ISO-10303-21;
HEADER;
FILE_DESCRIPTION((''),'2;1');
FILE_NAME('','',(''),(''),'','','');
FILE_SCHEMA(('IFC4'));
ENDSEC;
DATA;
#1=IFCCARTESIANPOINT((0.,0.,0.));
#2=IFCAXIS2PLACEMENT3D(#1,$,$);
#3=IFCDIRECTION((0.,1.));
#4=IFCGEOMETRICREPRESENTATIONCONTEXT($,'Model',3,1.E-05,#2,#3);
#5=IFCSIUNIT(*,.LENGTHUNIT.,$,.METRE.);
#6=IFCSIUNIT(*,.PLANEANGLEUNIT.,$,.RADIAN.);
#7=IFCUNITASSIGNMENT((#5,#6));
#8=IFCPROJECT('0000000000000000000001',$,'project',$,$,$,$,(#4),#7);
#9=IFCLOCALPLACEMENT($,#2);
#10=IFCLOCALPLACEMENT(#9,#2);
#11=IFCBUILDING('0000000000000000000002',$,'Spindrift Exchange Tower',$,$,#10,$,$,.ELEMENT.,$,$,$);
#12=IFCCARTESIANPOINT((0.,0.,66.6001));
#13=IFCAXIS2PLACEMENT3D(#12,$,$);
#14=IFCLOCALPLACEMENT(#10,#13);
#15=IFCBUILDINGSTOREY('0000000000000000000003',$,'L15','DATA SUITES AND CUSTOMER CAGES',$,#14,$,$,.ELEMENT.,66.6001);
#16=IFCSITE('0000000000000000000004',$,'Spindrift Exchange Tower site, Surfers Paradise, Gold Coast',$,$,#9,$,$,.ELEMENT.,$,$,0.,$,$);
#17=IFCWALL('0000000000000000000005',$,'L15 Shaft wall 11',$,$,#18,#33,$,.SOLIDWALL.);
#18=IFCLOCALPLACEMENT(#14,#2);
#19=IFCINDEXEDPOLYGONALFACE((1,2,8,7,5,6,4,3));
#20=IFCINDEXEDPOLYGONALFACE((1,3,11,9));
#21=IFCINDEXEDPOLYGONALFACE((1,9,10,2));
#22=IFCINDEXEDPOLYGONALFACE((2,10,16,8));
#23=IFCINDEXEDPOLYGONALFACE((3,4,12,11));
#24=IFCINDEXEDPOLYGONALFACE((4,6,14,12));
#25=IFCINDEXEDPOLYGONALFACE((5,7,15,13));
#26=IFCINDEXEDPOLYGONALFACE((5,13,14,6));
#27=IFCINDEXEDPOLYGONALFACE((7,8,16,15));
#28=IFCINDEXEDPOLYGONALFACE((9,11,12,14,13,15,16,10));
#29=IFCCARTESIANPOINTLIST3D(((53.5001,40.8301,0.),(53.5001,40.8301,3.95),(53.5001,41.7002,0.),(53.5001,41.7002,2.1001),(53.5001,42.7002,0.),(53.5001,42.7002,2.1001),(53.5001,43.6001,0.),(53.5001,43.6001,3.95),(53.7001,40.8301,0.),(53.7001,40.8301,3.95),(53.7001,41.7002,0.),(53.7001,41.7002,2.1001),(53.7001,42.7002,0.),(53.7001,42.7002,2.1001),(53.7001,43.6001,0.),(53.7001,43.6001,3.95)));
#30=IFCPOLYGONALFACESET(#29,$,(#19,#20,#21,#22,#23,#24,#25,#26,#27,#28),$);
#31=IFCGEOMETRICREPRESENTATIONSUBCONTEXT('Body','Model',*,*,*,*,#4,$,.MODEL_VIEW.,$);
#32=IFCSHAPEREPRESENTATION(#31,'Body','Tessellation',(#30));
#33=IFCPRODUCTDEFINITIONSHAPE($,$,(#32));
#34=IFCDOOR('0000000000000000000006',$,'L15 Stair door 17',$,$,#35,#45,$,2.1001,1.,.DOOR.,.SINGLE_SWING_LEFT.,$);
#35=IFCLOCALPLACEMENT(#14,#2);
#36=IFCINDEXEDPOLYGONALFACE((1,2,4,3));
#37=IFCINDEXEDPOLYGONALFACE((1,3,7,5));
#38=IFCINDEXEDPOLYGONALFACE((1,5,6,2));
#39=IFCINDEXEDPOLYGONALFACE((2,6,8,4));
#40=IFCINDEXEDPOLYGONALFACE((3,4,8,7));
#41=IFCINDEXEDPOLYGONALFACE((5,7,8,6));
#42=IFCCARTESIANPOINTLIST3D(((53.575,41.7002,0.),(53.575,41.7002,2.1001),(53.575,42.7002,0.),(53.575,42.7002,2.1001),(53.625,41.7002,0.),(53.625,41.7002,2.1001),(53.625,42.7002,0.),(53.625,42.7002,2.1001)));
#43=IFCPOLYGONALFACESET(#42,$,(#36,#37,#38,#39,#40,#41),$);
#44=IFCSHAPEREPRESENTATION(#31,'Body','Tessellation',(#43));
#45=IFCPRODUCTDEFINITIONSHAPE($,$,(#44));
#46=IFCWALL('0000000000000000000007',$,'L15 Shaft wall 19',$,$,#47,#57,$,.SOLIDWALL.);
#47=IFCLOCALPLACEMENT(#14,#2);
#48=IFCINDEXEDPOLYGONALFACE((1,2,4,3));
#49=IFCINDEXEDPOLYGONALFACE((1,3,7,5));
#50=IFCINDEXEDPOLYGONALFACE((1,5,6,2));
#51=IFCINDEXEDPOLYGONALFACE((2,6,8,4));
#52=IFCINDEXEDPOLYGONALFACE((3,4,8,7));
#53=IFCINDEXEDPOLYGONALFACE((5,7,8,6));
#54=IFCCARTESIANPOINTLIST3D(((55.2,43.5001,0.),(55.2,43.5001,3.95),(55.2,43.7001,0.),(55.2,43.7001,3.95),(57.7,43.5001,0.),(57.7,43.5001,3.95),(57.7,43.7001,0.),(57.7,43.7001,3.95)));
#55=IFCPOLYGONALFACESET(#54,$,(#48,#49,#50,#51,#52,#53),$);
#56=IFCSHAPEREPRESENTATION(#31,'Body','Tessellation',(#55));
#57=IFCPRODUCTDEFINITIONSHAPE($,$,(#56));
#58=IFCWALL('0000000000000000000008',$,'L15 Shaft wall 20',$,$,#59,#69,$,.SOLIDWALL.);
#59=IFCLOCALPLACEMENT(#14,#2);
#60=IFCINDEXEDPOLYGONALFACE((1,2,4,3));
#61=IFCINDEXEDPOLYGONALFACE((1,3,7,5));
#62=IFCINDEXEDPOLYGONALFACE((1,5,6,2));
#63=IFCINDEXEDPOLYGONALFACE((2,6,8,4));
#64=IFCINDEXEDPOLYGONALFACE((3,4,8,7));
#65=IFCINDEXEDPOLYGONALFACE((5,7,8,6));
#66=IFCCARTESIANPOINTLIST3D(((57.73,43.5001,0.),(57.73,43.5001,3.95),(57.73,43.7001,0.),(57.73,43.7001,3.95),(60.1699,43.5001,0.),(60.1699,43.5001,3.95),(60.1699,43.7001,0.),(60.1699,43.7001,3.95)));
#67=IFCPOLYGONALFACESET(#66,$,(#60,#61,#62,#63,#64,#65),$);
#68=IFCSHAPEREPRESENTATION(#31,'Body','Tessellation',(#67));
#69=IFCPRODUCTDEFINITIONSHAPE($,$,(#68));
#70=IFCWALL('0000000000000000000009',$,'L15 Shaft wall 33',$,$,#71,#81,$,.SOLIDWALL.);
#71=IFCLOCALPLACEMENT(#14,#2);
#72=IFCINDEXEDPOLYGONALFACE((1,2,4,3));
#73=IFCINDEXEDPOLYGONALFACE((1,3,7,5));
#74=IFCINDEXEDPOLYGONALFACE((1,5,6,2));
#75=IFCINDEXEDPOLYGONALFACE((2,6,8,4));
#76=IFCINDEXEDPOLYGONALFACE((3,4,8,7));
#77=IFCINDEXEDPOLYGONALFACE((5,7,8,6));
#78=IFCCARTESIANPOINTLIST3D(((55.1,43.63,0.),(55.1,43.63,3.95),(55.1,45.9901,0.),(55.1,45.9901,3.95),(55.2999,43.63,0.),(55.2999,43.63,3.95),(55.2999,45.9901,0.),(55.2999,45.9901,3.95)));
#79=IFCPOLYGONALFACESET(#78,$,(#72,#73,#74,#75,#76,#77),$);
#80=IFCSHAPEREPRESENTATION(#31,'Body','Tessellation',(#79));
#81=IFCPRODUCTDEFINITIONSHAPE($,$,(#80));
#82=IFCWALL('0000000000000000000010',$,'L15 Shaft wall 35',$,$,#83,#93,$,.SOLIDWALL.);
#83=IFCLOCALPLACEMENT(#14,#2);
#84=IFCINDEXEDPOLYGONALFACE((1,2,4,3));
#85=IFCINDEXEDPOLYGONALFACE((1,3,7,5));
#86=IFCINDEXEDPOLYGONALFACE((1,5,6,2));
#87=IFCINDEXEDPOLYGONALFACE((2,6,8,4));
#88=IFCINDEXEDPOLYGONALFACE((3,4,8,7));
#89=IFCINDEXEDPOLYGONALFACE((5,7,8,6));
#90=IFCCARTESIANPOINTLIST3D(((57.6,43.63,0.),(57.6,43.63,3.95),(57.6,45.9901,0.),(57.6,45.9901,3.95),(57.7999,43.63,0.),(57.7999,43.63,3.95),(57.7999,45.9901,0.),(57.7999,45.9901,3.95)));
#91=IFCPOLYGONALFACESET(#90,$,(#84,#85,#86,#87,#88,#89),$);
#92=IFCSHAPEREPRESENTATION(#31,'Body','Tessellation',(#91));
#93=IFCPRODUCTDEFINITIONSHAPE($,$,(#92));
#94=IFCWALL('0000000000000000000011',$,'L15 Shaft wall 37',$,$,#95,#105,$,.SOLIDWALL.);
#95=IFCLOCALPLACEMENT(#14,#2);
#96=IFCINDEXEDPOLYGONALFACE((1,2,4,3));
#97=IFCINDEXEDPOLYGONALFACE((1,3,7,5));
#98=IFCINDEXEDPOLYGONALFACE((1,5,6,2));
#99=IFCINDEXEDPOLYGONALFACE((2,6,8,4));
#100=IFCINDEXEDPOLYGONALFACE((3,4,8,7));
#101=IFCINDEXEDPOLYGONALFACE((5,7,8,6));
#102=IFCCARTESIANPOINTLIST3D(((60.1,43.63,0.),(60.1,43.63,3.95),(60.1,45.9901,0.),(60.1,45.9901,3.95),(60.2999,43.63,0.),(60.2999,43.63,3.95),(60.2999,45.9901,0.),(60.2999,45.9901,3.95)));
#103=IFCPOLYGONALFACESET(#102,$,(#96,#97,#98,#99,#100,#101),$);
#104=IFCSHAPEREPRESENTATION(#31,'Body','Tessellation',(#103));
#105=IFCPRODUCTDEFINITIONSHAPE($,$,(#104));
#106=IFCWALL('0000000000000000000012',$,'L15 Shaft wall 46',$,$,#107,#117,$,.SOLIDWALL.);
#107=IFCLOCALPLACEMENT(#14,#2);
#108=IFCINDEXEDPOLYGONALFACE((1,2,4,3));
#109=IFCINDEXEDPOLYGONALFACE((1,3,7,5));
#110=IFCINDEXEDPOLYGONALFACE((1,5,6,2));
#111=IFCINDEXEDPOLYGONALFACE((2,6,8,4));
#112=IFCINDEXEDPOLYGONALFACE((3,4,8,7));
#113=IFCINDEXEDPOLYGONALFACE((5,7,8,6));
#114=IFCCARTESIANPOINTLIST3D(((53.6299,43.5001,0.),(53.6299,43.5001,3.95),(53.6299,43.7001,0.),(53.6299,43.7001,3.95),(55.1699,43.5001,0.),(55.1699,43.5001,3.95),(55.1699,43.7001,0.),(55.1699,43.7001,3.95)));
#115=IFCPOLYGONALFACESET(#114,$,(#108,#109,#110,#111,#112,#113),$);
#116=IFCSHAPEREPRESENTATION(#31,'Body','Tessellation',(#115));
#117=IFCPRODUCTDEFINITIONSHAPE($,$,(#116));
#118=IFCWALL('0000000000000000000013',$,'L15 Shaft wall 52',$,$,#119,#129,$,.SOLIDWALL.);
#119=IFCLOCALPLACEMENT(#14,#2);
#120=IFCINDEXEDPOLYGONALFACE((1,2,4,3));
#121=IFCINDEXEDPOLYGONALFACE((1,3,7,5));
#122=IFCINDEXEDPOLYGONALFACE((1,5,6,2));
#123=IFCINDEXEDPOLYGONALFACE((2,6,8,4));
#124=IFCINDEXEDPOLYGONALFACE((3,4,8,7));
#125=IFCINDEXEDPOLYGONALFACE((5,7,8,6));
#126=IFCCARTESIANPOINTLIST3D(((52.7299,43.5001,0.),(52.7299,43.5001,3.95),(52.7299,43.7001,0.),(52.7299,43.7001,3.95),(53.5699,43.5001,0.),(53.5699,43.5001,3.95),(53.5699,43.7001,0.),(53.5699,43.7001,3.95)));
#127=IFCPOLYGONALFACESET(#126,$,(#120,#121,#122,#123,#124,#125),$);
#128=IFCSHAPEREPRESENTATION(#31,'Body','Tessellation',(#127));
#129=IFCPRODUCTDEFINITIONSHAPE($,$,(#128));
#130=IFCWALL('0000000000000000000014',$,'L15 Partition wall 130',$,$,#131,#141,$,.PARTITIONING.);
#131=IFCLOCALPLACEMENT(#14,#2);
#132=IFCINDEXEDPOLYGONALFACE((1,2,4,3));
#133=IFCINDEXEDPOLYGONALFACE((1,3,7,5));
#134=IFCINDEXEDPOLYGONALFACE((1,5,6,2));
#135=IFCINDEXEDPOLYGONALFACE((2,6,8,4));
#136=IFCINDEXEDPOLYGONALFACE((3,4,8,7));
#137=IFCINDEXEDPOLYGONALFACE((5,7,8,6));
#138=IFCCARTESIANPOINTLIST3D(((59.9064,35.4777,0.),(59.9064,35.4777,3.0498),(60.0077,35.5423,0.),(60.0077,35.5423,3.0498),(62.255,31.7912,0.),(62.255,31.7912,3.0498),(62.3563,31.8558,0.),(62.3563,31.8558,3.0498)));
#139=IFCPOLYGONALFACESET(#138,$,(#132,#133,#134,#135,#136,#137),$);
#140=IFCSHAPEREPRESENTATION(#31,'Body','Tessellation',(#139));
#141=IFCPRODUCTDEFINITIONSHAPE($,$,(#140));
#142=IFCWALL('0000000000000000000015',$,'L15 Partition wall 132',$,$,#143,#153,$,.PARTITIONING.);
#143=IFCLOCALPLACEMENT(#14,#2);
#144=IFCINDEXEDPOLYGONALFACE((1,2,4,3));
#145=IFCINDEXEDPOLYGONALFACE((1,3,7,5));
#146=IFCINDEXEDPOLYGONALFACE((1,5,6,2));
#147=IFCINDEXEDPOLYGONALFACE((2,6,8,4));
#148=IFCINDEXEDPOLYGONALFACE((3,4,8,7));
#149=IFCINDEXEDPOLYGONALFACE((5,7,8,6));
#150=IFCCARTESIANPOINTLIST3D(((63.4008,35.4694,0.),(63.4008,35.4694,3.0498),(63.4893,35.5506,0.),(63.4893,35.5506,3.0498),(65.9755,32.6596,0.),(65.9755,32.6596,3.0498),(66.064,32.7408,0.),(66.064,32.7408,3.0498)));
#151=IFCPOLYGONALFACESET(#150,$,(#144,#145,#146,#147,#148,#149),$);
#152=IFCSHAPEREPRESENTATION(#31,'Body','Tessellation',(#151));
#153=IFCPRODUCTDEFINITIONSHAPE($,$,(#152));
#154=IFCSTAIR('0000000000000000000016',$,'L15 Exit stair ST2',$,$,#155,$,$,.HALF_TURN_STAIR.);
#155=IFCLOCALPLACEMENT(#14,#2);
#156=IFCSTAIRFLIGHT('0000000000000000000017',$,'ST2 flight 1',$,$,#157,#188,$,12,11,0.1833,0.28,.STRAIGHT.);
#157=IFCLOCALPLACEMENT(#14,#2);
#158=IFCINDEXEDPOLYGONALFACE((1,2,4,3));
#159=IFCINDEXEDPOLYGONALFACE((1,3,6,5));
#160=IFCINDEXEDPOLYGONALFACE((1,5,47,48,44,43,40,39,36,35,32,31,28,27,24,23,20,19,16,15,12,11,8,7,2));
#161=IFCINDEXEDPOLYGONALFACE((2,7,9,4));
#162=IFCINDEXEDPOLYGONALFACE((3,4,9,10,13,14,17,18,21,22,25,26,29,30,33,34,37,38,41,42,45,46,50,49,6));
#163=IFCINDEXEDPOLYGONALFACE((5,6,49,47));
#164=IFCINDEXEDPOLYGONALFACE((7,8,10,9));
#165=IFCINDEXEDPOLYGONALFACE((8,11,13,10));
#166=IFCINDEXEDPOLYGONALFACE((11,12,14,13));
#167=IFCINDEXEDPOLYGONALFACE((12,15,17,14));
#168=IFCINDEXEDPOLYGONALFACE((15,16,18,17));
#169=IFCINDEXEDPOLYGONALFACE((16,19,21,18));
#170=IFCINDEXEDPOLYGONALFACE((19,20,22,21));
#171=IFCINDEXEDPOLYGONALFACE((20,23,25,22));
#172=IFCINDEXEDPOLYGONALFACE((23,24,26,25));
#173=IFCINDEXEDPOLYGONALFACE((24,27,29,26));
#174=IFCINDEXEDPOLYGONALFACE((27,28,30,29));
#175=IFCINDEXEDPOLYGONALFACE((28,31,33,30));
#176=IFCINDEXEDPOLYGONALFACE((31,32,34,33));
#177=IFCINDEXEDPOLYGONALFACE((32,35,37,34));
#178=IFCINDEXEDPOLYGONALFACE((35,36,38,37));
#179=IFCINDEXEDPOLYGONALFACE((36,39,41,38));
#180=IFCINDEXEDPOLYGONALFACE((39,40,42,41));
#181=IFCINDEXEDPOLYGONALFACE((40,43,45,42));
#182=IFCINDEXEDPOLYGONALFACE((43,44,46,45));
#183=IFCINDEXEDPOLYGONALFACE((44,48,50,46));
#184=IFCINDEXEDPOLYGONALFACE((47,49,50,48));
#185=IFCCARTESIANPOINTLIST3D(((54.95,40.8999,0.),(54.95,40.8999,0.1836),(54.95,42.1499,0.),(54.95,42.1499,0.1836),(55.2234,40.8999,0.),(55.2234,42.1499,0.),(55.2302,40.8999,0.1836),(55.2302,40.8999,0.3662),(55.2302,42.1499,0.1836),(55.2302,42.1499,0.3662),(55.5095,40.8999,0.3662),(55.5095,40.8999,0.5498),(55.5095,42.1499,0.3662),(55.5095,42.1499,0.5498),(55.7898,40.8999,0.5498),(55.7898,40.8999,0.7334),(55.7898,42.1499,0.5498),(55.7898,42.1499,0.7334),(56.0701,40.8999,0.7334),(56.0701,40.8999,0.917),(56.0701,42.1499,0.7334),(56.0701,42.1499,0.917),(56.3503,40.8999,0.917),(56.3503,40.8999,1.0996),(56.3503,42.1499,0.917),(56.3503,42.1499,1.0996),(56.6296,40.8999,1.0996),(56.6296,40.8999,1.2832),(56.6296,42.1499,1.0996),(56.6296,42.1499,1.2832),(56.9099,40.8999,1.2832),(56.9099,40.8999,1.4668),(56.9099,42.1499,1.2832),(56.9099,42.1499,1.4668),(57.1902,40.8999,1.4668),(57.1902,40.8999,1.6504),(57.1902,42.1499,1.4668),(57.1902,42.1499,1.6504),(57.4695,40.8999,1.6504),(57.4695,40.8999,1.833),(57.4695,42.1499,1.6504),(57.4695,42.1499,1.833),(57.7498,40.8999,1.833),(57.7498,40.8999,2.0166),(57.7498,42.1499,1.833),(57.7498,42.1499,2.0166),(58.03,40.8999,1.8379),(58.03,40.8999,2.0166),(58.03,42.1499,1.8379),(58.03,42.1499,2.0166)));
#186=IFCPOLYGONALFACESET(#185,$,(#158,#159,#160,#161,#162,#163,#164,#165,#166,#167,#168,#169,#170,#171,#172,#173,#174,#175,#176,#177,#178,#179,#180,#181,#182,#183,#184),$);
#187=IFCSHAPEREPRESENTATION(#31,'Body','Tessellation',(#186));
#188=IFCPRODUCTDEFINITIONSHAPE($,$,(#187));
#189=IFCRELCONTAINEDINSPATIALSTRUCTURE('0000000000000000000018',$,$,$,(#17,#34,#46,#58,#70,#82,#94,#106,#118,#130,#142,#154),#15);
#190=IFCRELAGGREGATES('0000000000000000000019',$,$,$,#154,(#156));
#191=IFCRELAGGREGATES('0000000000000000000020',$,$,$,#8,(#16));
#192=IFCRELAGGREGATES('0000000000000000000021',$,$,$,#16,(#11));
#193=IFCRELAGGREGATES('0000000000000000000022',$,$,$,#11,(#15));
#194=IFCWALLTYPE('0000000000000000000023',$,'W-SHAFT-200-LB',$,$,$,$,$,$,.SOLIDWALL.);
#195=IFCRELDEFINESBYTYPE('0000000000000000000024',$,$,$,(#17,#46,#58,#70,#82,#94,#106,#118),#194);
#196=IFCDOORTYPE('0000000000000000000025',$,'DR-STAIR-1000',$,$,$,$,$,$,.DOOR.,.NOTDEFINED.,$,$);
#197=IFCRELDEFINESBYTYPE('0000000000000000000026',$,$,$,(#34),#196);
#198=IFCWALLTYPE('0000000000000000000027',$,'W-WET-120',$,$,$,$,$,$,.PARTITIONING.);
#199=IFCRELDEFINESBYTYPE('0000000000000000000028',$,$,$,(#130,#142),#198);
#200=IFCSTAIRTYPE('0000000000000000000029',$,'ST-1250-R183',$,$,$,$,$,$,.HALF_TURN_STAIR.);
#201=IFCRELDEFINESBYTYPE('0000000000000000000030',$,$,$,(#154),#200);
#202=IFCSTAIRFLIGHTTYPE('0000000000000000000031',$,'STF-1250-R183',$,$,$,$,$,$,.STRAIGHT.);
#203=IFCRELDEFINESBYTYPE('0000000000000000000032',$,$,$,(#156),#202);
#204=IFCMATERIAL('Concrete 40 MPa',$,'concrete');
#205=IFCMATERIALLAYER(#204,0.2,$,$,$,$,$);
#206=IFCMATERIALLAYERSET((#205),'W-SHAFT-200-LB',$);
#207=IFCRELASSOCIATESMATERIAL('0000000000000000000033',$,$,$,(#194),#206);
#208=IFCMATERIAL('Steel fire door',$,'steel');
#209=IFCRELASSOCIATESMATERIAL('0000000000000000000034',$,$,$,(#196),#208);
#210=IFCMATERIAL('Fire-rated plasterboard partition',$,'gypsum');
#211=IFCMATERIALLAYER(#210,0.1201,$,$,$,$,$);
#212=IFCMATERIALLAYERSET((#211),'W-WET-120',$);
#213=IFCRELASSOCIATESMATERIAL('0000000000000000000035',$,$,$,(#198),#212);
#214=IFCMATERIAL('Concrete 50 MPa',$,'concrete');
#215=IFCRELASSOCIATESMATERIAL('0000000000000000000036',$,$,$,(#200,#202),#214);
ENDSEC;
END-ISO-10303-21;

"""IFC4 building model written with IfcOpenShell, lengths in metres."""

from ifc_helpers import new_model, si_unit, direction, frame, frame_2d, origin, place, context, subcontext, project, spatial, line, indexed_curve, rectangle, outline, extrude, source, transform, mapped, material, layer, layer_set, type_object, element, fill, aggregate, save


model = new_model("IFC4")

# Units and contexts
model_context = context("Model", 3, precision=1e-05, world=origin(), true_north=direction((0.0, 1.0)))
body_context = subcontext(model_context, "Body", "Model", "MODEL_VIEW")
ifc_project = project(units=[si_unit("LENGTHUNIT", "METRE"), si_unit("PLANEANGLEUNIT", "RADIAN")], contexts=[model_context])

# Site, building, storey
site_placement = place(None, origin())
site = spatial("IfcSite", under=ifc_project, at=site_placement, Name="Spindrift Exchange Tower site, Surfers Paradise, Gold Coast", CompositionType="ELEMENT", RefElevation=0.0)
building_placement = place(site_placement, origin())
building = spatial("IfcBuilding", under=site, at=building_placement, Name="Spindrift Exchange Tower", CompositionType="ELEMENT")
storey_placement = place(building_placement, frame((0.0, 0.0, 66.6001)))
storey = spatial("IfcBuildingStorey", under=building, at=storey_placement, Name="L15", Description="DATA SUITES AND CUSTOMER CAGES", CompositionType="ELEMENT", Elevation=66.6001)

# Shared definitions
ifc_material_1 = material(Name="Fire-rated plasterboard partition", Category="gypsum")

# Shared definitions
ifc_material_2 = material(Name="Concrete 40 MPa", Category="concrete")

# Shared definitions
ifc_layer_1 = layer(ifc_material_2, 0.2)
ifc_layer_set_1 = layer_set([ifc_layer_1], Name="W-SHAFT-200-LB")
wall_type_1 = type_object("IfcWallType", Name="W-SHAFT-200-LB", PredefinedType="SOLIDWALL", material=ifc_layer_set_1)
ifc_material_3 = material(Name="Steel fire door", Category="steel")

# Wall, opening, door
wall_1_placement = place(storey_placement, frame((53.6001, 43.6001, 0.0), z_axis=(0.0, 0.0, 1.0), x_axis=(0.0, -1.0, 0.0)))
wall_1 = element("IfcWall", 1, at=wall_1_placement, inside=storey, type_object=wall_type_1, Name="L15 Shaft wall 11", PredefinedType="SOLIDWALL", context=body_context, shape_type="SweptSolid", body=[
    extrude(rectangle(XDim=2.77, YDim=0.2, at=frame_2d((1.385, 0.0))), origin(), (0.0, 0.0, 1.0), 3.95),
])
opening_1_placement = place(wall_1_placement, frame((0.8999, 0.0, 0.0)))
opening_1 = element("IfcOpeningElement", 2, at=opening_1_placement, cuts=wall_1, PredefinedType="OPENING", context=body_context, shape_type="SweptSolid", body=[
    extrude(rectangle(XDim=1.0, YDim=2.1001, at=frame_2d((0.5, 1.05))), frame((0.0, 0.1099, 0.0), z_axis=(0.0, -1.0, 0.0), x_axis=(1.0, 0.0, 0.0)), (0.0, 0.0, 1.0), 0.22),
])
door_type_1 = type_object("IfcDoorType", Name="DR-STAIR-1000", OperationType="NOTDEFINED", PredefinedType="DOOR", material=ifc_material_3)
shared_shape_1 = source(origin(), body_context, "Body", "SweptSolid", [
    extrude(rectangle(XDim=1.0, YDim=2.1001, at=frame_2d((0.5, 1.05))), frame((0.0, 0.0249, 0.0), z_axis=(0.0, -1.0, 0.0), x_axis=(1.0, 0.0, 0.0)), (0.0, 0.0, 1.0), 0.05),
])
door_1_placement = place(opening_1_placement, origin())
door_1 = element("IfcDoor", 3, at=door_1_placement, inside=storey, type_object=door_type_1, Name="L15 Stair door 17", OperationType="SINGLE_SWING_LEFT", OverallHeight=2.1001, OverallWidth=1.0, PredefinedType="DOOR", context=body_context, shape_type="MappedRepresentation", body=[
    mapped(shared_shape_1, transform((0.0, 0.0, 0.0), scale=1.0)),
])
fill(opening_1, door_1)

# Walls
wall_2_placement = place(storey_placement, frame((55.2, 43.6001, 0.0), z_axis=(0.0, 0.0, 1.0), x_axis=(1.0, 0.0, 0.0)))
element("IfcWall", 4, at=wall_2_placement, inside=storey, type_object=wall_type_1, Name="L15 Shaft wall 19", PredefinedType="SOLIDWALL", context=body_context, shape_type="SweptSolid", body=[
    extrude(rectangle(XDim=2.5, YDim=0.2, at=frame_2d((1.25, 0.0))), origin(), (0.0, 0.0, 1.0), 3.95),
])
wall_3_placement = place(storey_placement, frame((57.73, 43.6001, 0.0), z_axis=(0.0, 0.0, 1.0), x_axis=(1.0, 0.0, 0.0)))
element("IfcWall", 5, at=wall_3_placement, inside=storey, type_object=wall_type_1, Name="L15 Shaft wall 20", PredefinedType="SOLIDWALL", context=body_context, shape_type="SweptSolid", body=[
    extrude(rectangle(XDim=2.4399, YDim=0.2, at=frame_2d((1.22, 0.0))), origin(), (0.0, 0.0, 1.0), 3.95),
])
for number, where, z_axis, x_axis, name in (
    (6, (55.2, 43.6299, 0.0), (0.0, 0.0, 1.0), (0.0, 1.0, 0.0), "L15 Shaft wall 33"),
    (7, (57.7, 43.6299, 0.0), (0.0, 0.0, 1.0), (0.0, 1.0, 0.0), "L15 Shaft wall 35"),
    (8, (60.2, 43.6299, 0.0), (0.0, 0.0, 1.0), (0.0, 1.0, 0.0), "L15 Shaft wall 37"),
):
    element("IfcWall", number, at=place(storey_placement, frame(where, z_axis=z_axis, x_axis=x_axis)), inside=storey, type_object=wall_type_1, Name=name, PredefinedType="SOLIDWALL", context=body_context, shape_type="SweptSolid", body=[
        extrude(rectangle(XDim=2.3601, YDim=0.2, at=frame_2d((1.1802, 0.0))), origin(), (0.0, 0.0, 1.0), 3.95),
    ])
wall_4_placement = place(storey_placement, frame((53.6299, 43.6001, 0.0), z_axis=(0.0, 0.0, 1.0), x_axis=(1.0, 0.0, 0.0)))
element("IfcWall", 9, at=wall_4_placement, inside=storey, type_object=wall_type_1, Name="L15 Shaft wall 46", PredefinedType="SOLIDWALL", context=body_context, shape_type="SweptSolid", body=[
    extrude(rectangle(XDim=1.54, YDim=0.2, at=frame_2d((0.77, 0.0))), origin(), (0.0, 0.0, 1.0), 3.95),
])
wall_5_placement = place(storey_placement, frame((52.73, 43.6001, 0.0), z_axis=(0.0, 0.0, 1.0), x_axis=(1.0, 0.0, 0.0)))
element("IfcWall", 10, at=wall_5_placement, inside=storey, type_object=wall_type_1, Name="L15 Shaft wall 52", PredefinedType="SOLIDWALL", context=body_context, shape_type="SweptSolid", body=[
    extrude(rectangle(XDim=0.8401, YDim=0.2, at=frame_2d((0.4199, 0.0))), origin(), (0.0, 0.0, 1.0), 3.95),
])
ifc_layer_2 = layer(ifc_material_1, 0.1201)
ifc_layer_set_2 = layer_set([ifc_layer_2], Name="W-WET-120")
wall_type_2 = type_object("IfcWallType", Name="W-WET-120", PredefinedType="PARTITIONING", material=ifc_layer_set_2)
wall_6_placement = place(storey_placement, frame((59.957, 35.51, 0.0), z_axis=(0.0, 0.0, 1.0), x_axis=(0.537309, -0.843385, 0.0)))
element("IfcWall", 11, at=wall_6_placement, inside=storey, type_object=wall_type_2, Name="L15 Partition wall 130", PredefinedType="PARTITIONING", context=body_context, shape_type="SweptSolid", body=[
    extrude(rectangle(XDim=4.3711, YDim=0.1201, at=frame_2d((2.1855, 0.0))), origin(), (0.0, 0.0, 1.0), 3.0498),
])
wall_7_placement = place(storey_placement, frame((63.4451, 35.51, 0.0), z_axis=(0.0, 0.0, 1.0), x_axis=(0.675588, -0.737279, 0.0)))
element("IfcWall", 12, at=wall_7_placement, inside=storey, type_object=wall_type_2, Name="L15 Partition wall 132", PredefinedType="PARTITIONING", context=body_context, shape_type="SweptSolid", body=[
    extrude(rectangle(XDim=3.811, YDim=0.1201, at=frame_2d((1.9055, 0.0))), origin(), (0.0, 0.0, 1.0), 3.0498),
])

# Stair, stair flight
ifc_material_4 = material(Name="Concrete 50 MPa", Category="concrete")
stair_type = type_object("IfcStairType", Name="ST-1250-R183", PredefinedType="HALF_TURN_STAIR", material=ifc_material_4)
stair_placement = place(storey_placement, origin())
stair = element("IfcStair", 13, at=stair_placement, inside=storey, type_object=stair_type, Name="L15 Exit stair ST2", PredefinedType="HALF_TURN_STAIR")
stair_flight_type = type_object("IfcStairFlightType", Name="STF-1250-R183", PredefinedType="STRAIGHT", material=ifc_material_4)
stair_flight_1_placement = place(storey_placement, frame((54.95, 41.5249, 0.0), z_axis=(0.0, 0.0, 1.0), x_axis=(1.0, 0.0, 0.0)))
stair_flight_1 = element("IfcStairFlight", 14, at=stair_flight_1_placement, type_object=stair_flight_type, Name="ST2 flight 1", NumberOfRisers=12, NumberOfTreads=11, PredefinedType="STRAIGHT", RiserHeight=0.1833, TreadLength=0.28, context=body_context, shape_type="SweptSolid", body=[
    extrude(outline(indexed_curve([(0.0, 0.0), (0.0, 0.1836), (0.2803, 0.1836), (0.2803, 0.3662), (0.5596, 0.3662), (0.5596, 0.5498), (0.8398, 0.5498), (0.8398, 0.7334), (1.1201, 0.7334), (1.1201, 0.917), (1.4004, 0.917), (1.4004, 1.0996), (1.6797, 1.0996), (1.6797, 1.2832), (1.96, 1.2832), (1.96, 1.4668), (2.2402, 1.4668), (2.2402, 1.6504), (2.5195, 1.6504), (2.5195, 1.833), (2.7998, 1.833), (2.7998, 2.0166), (3.0801, 2.0166), (3.0801, 2.2002), (3.0801, 1.8379), (0.2734, 0.0)], segments=[line(1, 2, 3, 4, 5, 6, 7, 8, 9, 10, 11, 12, 13, 14, 15, 16, 17, 18, 19, 20, 21, 22, 23, 24, 25, 26, 1)], self_intersect=False)), frame((0.0, 0.625, 0.0), z_axis=(0.0, -1.0, 0.0), x_axis=(1.0, 0.0, 0.0)), (0.0, 0.0, 1.0), 1.25),
])
aggregate(stair, [stair_flight_1])

save(model, "model.ifc")
